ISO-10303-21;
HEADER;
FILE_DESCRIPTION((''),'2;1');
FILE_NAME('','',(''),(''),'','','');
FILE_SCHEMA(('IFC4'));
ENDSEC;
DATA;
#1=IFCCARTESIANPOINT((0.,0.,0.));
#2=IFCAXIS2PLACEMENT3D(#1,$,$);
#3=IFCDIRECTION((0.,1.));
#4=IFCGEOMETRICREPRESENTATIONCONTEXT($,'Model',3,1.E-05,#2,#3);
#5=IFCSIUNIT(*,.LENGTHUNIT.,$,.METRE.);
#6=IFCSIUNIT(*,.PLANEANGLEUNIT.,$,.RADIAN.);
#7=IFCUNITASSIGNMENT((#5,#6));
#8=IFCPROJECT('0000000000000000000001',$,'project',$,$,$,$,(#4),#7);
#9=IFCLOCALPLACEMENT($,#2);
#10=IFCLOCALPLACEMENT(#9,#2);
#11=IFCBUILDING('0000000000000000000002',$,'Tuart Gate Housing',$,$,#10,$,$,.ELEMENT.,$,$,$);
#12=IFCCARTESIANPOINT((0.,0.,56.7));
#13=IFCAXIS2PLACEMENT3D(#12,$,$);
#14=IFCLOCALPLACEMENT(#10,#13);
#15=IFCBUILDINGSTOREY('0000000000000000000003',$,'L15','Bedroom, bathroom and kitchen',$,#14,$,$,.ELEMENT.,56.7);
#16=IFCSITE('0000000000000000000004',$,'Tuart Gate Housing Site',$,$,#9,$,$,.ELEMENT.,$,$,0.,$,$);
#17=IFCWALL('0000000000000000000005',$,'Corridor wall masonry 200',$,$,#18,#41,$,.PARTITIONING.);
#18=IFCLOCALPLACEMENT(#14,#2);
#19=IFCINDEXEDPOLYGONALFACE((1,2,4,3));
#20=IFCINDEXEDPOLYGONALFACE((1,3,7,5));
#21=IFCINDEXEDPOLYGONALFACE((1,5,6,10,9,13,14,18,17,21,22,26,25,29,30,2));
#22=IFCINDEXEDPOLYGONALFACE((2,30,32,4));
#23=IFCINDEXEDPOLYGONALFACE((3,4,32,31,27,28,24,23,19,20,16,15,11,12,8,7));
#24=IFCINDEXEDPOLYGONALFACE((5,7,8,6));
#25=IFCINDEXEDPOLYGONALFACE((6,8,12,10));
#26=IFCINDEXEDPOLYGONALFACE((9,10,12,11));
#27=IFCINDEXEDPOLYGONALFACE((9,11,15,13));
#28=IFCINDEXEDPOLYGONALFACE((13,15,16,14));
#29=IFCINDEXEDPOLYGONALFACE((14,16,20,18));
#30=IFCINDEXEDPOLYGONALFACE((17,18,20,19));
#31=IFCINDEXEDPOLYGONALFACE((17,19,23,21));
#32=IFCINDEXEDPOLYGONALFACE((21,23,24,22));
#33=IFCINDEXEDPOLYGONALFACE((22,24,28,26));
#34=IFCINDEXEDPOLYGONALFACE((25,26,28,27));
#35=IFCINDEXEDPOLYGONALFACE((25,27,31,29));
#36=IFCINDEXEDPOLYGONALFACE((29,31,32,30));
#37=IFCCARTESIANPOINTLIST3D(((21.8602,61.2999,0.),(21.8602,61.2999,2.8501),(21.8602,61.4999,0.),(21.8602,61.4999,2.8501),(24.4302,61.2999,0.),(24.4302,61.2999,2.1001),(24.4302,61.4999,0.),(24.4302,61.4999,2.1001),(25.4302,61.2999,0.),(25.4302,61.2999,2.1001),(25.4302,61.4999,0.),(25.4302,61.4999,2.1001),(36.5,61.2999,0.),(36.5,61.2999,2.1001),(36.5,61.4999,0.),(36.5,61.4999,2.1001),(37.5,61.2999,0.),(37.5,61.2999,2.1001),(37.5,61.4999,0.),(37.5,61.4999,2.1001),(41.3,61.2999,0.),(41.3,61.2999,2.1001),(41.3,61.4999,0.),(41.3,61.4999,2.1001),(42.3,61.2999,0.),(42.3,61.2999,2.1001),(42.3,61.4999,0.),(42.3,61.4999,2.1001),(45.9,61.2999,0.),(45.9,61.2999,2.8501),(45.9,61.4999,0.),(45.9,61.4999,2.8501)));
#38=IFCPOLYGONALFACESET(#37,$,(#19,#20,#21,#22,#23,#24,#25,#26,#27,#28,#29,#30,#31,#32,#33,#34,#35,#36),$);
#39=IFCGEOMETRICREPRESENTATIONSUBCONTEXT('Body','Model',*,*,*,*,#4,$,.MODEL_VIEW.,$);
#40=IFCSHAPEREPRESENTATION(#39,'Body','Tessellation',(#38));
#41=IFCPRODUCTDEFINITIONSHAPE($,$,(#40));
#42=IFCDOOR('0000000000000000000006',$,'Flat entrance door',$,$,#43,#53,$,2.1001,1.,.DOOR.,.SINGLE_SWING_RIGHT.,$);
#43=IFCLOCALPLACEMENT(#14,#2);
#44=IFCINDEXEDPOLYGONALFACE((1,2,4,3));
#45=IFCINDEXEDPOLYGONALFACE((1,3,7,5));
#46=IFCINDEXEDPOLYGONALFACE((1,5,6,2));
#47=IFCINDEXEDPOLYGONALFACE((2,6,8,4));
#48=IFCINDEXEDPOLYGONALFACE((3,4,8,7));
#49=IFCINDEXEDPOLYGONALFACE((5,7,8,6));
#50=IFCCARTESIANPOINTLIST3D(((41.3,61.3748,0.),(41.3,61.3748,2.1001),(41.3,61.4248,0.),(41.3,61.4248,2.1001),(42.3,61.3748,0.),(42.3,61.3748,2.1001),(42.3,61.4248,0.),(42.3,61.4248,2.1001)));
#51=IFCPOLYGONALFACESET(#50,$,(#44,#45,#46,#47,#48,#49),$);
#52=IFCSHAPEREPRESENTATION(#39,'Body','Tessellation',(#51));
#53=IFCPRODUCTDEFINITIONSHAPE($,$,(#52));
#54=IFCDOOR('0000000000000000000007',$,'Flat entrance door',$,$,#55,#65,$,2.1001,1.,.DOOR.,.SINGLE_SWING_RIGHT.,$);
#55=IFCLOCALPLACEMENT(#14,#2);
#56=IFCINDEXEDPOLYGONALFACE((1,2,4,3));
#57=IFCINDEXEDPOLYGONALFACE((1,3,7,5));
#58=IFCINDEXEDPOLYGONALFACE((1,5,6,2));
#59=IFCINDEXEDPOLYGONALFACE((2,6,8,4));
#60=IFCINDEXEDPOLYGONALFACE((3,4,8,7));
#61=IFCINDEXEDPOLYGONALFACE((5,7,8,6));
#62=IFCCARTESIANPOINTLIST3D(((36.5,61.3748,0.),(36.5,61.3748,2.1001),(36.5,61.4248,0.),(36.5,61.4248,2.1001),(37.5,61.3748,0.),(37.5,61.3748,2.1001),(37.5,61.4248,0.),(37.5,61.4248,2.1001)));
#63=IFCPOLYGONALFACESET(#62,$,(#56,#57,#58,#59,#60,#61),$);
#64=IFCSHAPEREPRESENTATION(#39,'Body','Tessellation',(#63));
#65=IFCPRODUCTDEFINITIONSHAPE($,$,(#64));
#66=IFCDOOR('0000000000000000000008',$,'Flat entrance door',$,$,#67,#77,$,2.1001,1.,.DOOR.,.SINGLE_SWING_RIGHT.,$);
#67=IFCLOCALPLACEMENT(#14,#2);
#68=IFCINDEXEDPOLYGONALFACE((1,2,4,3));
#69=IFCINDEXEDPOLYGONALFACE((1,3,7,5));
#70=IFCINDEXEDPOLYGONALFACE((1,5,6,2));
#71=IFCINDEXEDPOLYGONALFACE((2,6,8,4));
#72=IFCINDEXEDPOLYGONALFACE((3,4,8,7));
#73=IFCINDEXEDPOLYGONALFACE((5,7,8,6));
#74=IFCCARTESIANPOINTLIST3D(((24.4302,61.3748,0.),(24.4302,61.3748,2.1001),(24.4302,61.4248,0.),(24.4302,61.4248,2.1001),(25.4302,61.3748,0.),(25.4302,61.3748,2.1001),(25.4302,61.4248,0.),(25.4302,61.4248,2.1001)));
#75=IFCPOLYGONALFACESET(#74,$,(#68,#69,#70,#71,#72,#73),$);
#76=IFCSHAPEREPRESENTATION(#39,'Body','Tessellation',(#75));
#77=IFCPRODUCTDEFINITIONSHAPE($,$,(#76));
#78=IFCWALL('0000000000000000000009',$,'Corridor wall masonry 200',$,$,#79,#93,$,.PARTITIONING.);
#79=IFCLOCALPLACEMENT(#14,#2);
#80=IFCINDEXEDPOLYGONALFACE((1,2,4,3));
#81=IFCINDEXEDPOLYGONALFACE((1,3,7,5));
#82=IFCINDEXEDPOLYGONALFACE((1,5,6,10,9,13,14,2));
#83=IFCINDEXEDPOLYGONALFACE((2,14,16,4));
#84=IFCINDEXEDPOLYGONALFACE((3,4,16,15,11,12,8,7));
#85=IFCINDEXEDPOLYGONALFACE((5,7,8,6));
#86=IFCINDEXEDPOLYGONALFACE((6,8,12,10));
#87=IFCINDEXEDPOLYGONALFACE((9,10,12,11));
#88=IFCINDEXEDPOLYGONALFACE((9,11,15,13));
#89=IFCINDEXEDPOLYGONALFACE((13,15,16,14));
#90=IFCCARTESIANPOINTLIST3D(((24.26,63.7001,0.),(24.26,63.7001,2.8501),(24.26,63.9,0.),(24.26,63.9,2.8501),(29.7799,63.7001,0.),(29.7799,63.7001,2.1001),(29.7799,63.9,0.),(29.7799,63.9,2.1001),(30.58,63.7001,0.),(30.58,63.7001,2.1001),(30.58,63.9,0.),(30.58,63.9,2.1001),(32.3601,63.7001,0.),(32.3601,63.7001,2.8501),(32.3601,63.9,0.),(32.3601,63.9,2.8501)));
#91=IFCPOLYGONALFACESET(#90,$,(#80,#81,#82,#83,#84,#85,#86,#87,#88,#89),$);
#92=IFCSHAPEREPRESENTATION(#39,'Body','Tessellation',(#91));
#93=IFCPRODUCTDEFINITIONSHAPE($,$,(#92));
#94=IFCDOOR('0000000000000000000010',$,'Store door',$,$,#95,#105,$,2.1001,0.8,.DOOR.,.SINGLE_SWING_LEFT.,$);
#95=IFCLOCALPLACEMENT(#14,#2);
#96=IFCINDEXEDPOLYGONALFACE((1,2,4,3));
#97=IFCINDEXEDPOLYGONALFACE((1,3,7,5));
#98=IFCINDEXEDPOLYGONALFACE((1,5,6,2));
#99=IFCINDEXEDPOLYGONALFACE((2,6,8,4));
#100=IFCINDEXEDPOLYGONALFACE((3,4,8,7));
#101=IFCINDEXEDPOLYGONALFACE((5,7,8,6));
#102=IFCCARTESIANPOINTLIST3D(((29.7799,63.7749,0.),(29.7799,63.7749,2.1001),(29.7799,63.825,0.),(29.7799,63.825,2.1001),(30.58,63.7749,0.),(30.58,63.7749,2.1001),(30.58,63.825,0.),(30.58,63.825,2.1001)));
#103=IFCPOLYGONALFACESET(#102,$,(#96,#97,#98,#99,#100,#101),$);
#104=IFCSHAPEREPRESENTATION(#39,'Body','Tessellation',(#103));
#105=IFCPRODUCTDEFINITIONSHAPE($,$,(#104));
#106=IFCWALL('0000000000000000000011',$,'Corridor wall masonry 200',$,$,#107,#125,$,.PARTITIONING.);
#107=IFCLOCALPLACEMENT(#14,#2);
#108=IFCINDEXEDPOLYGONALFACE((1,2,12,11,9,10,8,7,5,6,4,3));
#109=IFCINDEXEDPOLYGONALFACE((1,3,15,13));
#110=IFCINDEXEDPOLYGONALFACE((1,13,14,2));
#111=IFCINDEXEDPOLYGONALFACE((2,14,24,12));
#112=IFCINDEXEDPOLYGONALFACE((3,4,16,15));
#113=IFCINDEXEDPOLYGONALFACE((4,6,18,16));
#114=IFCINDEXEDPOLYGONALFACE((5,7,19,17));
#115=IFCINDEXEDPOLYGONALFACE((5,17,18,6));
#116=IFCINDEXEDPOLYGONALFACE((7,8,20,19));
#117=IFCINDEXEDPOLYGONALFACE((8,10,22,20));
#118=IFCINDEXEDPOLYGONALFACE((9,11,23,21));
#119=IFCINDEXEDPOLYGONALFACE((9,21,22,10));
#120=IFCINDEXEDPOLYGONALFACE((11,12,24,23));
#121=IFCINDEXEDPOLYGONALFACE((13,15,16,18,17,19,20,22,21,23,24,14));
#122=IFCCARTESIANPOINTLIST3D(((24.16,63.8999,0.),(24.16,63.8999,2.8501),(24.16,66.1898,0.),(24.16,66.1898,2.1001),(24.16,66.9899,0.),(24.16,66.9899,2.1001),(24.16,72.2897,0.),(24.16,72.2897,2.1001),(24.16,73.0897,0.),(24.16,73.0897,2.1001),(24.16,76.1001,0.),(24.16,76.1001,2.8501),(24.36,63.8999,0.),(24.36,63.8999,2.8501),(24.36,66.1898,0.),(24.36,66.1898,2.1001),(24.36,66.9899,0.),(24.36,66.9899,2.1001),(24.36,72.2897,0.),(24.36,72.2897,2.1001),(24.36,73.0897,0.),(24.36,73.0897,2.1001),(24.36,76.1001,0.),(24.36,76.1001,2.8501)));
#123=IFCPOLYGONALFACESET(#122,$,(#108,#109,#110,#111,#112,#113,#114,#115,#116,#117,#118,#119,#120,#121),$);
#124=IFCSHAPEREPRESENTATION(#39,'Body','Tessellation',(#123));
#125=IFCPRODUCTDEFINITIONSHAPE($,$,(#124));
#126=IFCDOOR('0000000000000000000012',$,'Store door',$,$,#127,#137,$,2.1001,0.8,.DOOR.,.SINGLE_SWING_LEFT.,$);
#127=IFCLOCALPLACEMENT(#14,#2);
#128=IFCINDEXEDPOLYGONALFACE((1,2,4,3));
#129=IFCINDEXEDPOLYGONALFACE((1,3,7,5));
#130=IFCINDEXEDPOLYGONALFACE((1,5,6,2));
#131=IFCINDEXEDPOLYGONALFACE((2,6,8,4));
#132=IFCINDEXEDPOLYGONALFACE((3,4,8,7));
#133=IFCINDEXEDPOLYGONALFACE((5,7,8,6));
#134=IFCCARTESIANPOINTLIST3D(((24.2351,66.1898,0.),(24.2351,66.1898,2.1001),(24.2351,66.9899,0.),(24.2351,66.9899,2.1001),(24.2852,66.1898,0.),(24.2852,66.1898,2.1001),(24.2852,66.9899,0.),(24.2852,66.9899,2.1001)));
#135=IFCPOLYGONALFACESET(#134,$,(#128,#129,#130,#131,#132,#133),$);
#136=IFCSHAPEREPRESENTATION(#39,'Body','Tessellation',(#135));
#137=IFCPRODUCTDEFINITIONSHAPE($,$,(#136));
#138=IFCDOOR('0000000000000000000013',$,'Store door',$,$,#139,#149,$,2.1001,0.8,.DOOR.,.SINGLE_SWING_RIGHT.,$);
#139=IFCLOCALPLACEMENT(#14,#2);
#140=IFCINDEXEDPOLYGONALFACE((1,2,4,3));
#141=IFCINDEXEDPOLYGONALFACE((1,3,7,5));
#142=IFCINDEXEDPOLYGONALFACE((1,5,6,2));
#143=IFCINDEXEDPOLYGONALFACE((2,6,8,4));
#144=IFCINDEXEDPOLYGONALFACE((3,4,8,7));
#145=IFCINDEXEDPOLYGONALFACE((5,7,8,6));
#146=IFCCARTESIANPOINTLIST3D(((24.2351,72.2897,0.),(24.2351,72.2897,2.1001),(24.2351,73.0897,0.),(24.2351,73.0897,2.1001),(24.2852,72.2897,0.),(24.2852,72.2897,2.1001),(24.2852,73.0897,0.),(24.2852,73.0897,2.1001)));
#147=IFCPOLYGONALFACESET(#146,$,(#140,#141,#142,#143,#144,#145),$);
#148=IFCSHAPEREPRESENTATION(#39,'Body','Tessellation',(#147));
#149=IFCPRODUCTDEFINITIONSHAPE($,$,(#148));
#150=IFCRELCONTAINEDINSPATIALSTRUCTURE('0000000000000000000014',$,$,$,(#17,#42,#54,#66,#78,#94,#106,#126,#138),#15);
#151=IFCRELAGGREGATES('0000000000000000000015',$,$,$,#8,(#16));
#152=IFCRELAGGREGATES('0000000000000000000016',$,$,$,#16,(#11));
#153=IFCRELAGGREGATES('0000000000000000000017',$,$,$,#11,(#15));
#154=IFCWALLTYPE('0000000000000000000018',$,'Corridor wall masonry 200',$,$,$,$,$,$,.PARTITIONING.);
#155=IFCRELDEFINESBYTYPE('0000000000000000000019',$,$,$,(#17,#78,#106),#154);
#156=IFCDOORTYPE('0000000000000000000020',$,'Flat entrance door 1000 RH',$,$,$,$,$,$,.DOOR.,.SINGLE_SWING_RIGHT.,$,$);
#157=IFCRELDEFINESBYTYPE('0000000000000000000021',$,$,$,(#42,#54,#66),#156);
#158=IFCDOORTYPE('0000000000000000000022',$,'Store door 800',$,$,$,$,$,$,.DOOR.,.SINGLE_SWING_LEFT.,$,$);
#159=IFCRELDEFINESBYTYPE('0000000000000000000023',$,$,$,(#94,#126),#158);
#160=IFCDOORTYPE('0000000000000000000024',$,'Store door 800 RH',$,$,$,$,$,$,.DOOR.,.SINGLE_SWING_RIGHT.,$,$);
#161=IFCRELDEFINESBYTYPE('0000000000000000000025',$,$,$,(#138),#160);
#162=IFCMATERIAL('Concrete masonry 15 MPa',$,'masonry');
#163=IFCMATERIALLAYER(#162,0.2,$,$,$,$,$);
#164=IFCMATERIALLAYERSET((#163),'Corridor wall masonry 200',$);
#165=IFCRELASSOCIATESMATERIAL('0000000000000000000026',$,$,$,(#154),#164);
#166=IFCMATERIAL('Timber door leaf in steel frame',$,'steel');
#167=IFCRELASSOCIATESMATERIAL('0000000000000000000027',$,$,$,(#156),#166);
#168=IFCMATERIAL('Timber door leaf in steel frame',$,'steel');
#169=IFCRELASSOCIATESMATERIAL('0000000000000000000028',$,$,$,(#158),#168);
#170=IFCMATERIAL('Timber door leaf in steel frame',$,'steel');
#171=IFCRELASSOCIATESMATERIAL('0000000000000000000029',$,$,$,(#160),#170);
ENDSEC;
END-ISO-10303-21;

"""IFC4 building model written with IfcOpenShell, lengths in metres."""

from ifc_helpers import new_model, si_unit, direction, frame, frame_2d, origin, place, context, subcontext, project, spatial, rectangle, extrude, material, layer, layer_set, type_object, element, fill, save


model = new_model("IFC4")

# Units and contexts
model_context = context("Model", 3, precision=1e-05, world=origin(), true_north=direction((0.0, 1.0)))
body_context = subcontext(model_context, "Body", "Model", "MODEL_VIEW")
ifc_project = project(units=[si_unit("LENGTHUNIT", "METRE"), si_unit("PLANEANGLEUNIT", "RADIAN")], contexts=[model_context])

# Site, building, storey
site_placement = place(None, origin())
site = spatial("IfcSite", under=ifc_project, at=site_placement, Name="Tuart Gate Housing Site", CompositionType="ELEMENT", RefElevation=0.0)
building_placement = place(site_placement, origin())
building = spatial("IfcBuilding", under=site, at=building_placement, Name="Tuart Gate Housing", CompositionType="ELEMENT")
storey_placement = place(building_placement, frame((0.0, 0.0, 56.7)))
storey = spatial("IfcBuildingStorey", under=building, at=storey_placement, Name="L15", Description="Bedroom, bathroom and kitchen", CompositionType="ELEMENT", Elevation=56.7)

# Wall, openings, doors
ifc_material_1 = material(Name="Concrete masonry 15 MPa", Category="masonry")
ifc_layer_1 = layer(ifc_material_1, 0.2)
ifc_layer_set_1 = layer_set([ifc_layer_1], Name="Corridor wall masonry 200")
wall_type_1 = type_object("IfcWallType", Name="Corridor wall masonry 200", PredefinedType="PARTITIONING", material=ifc_layer_set_1)
wall_1_placement = place(storey_placement, frame((21.8601, 61.3999, 0.0), z_axis=(0.0, 0.0, 1.0), x_axis=(1.0, 0.0, 0.0)))
wall_1 = element("IfcWall", 1, at=wall_1_placement, inside=storey, type_object=wall_type_1, Name="Corridor wall masonry 200", PredefinedType="PARTITIONING", context=body_context, shape_type="SweptSolid", body=[
    extrude(rectangle(XDim=24.0398, YDim=0.2, at=frame_2d((12.02, 0.0))), origin(), (0.0, 0.0, 1.0), 2.8501),
])
opening_1_placement = place(wall_1_placement, frame((19.4399, 0.0, 0.0)))
opening_1 = element("IfcOpeningElement", 2, at=opening_1_placement, cuts=wall_1, PredefinedType="OPENING", context=body_context, shape_type="SweptSolid", body=[
    extrude(rectangle(XDim=1.0, YDim=2.1001, at=frame_2d((0.5, 1.05))), frame((0.0, 0.1099, 0.0), z_axis=(0.0, -1.0, 0.0), x_axis=(1.0, 0.0, 0.0)), (0.0, 0.0, 1.0), 0.22),
])
opening_2_placement = place(wall_1_placement, frame((14.6399, 0.0, 0.0)))
opening_2 = element("IfcOpeningElement", 3, at=opening_2_placement, cuts=wall_1, PredefinedType="OPENING", context=body_context, shape_type="SweptSolid", body=[
    extrude(rectangle(XDim=1.0, YDim=2.1001, at=frame_2d((0.5, 1.05))), frame((0.0, 0.1099, 0.0), z_axis=(0.0, -1.0, 0.0), x_axis=(1.0, 0.0, 0.0)), (0.0, 0.0, 1.0), 0.22),
])
opening_3_placement = place(wall_1_placement, frame((2.5701, 0.0, 0.0)))
opening_3 = element("IfcOpeningElement", 4, at=opening_3_placement, cuts=wall_1, PredefinedType="OPENING", context=body_context, shape_type="SweptSolid", body=[
    extrude(rectangle(XDim=1.0, YDim=2.1001, at=frame_2d((0.5, 1.05))), frame((0.0, 0.1099, 0.0), z_axis=(0.0, -1.0, 0.0), x_axis=(1.0, 0.0, 0.0)), (0.0, 0.0, 1.0), 0.22),
])
ifc_material_2 = material(Name="Timber door leaf in steel frame", Category="steel")
door_type_1 = type_object("IfcDoorType", Name="Flat entrance door 1000 RH", OperationType="SINGLE_SWING_RIGHT", PredefinedType="DOOR", material=ifc_material_2)
door_1_placement = place(opening_1_placement, frame((1.0, 0.0, 0.0), z_axis=(0.0, 0.0, 1.0), x_axis=(-1.0, 0.0, 0.0)))
door_1 = element("IfcDoor", 5, at=door_1_placement, inside=storey, type_object=door_type_1, Name="Flat entrance door", OperationType="SINGLE_SWING_RIGHT", OverallHeight=2.1001, OverallWidth=1.0, PredefinedType="DOOR", context=body_context, shape_type="SweptSolid", body=[
    extrude(rectangle(XDim=1.0, YDim=2.1001, at=frame_2d((0.5, 1.05))), frame((0.0, 0.0251, 0.0), z_axis=(0.0, -1.0, 0.0), x_axis=(1.0, 0.0, 0.0)), (0.0, 0.0, 1.0), 0.05),
])
fill(opening_1, door_1)
door_2_placement = place(opening_2_placement, frame((1.0, 0.0, 0.0), z_axis=(0.0, 0.0, 1.0), x_axis=(-1.0, 0.0, 0.0)))
door_2 = element("IfcDoor", 6, at=door_2_placement, inside=storey, type_object=door_type_1, Name="Flat entrance door", OperationType="SINGLE_SWING_RIGHT", OverallHeight=2.1001, OverallWidth=1.0, PredefinedType="DOOR", context=body_context, shape_type="SweptSolid", body=[
    extrude(rectangle(XDim=1.0, YDim=2.1001, at=frame_2d((0.5, 1.05))), frame((0.0, 0.0251, 0.0), z_axis=(0.0, -1.0, 0.0), x_axis=(1.0, 0.0, 0.0)), (0.0, 0.0, 1.0), 0.05),
])
fill(opening_2, door_2)
door_3_placement = place(opening_3_placement, frame((1.0, 0.0, 0.0), z_axis=(0.0, 0.0, 1.0), x_axis=(-1.0, 0.0, 0.0)))
door_3 = element("IfcDoor", 7, at=door_3_placement, inside=storey, type_object=door_type_1, Name="Flat entrance door", OperationType="SINGLE_SWING_RIGHT", OverallHeight=2.1001, OverallWidth=1.0, PredefinedType="DOOR", context=body_context, shape_type="SweptSolid", body=[
    extrude(rectangle(XDim=1.0, YDim=2.1001, at=frame_2d((0.5, 1.05))), frame((0.0, 0.0251, 0.0), z_axis=(0.0, -1.0, 0.0), x_axis=(1.0, 0.0, 0.0)), (0.0, 0.0, 1.0), 0.05),
])
fill(opening_3, door_3)

# Wall, opening, door
wall_2_placement = place(storey_placement, frame((24.26, 63.8, 0.0), z_axis=(0.0, 0.0, 1.0), x_axis=(1.0, 0.0, 0.0)))
wall_2 = element("IfcWall", 8, at=wall_2_placement, inside=storey, type_object=wall_type_1, Name="Corridor wall masonry 200", PredefinedType="PARTITIONING", context=body_context, shape_type="SweptSolid", body=[
    extrude(rectangle(XDim=8.1001, YDim=0.2, at=frame_2d((4.05, 0.0))), origin(), (0.0, 0.0, 1.0), 2.8501),
])
opening_4_placement = place(wall_2_placement, frame((5.52, 0.0, 0.0)))
opening_4 = element("IfcOpeningElement", 9, at=opening_4_placement, cuts=wall_2, PredefinedType="OPENING", context=body_context, shape_type="SweptSolid", body=[
    extrude(rectangle(XDim=0.8, YDim=2.1001, at=frame_2d((0.3999, 1.05))), frame((0.0, 0.1099, 0.0), z_axis=(0.0, -1.0, 0.0), x_axis=(1.0, 0.0, 0.0)), (0.0, 0.0, 1.0), 0.22),
])
ifc_material_3 = material(Name="Timber door leaf in steel frame", Category="steel")
door_type_2 = type_object("IfcDoorType", Name="Store door 800", OperationType="SINGLE_SWING_LEFT", PredefinedType="DOOR", material=ifc_material_3)
door_4_placement = place(opening_4_placement, origin())
door_4 = element("IfcDoor", 10, at=door_4_placement, inside=storey, type_object=door_type_2, Name="Store door", OperationType="SINGLE_SWING_LEFT", OverallHeight=2.1001, OverallWidth=0.8, PredefinedType="DOOR", context=body_context, shape_type="SweptSolid", body=[
    extrude(rectangle(XDim=0.8, YDim=2.1001, at=frame_2d((0.3999, 1.05))), frame((0.0, 0.0249, 0.0), z_axis=(0.0, -1.0, 0.0), x_axis=(1.0, 0.0, 0.0)), (0.0, 0.0, 1.0), 0.05),
])
fill(opening_4, door_4)

# Wall, openings, doors
wall_3_placement = place(storey_placement, frame((24.26, 63.8999, 0.0), z_axis=(0.0, 0.0, 1.0), x_axis=(0.0, 1.0, 0.0)))
wall_3 = element("IfcWall", 11, at=wall_3_placement, inside=storey, type_object=wall_type_1, Name="Corridor wall masonry 200", PredefinedType="PARTITIONING", context=body_context, shape_type="SweptSolid", body=[
    extrude(rectangle(XDim=12.2002, YDim=0.2, at=frame_2d((6.1001, 0.0))), origin(), (0.0, 0.0, 1.0), 2.8501),
])
opening_5_placement = place(wall_3_placement, frame((2.29, 0.0, 0.0)))
opening_5 = element("IfcOpeningElement", 12, at=opening_5_placement, cuts=wall_3, PredefinedType="OPENING", context=body_context, shape_type="SweptSolid", body=[
    extrude(rectangle(XDim=0.8, YDim=2.1001, at=frame_2d((0.3999, 1.05))), frame((0.0, 0.1099, 0.0), z_axis=(0.0, -1.0, 0.0), x_axis=(1.0, 0.0, 0.0)), (0.0, 0.0, 1.0), 0.22),
])
opening_6_placement = place(wall_3_placement, frame((8.3899, 0.0, 0.0)))
opening_6 = element("IfcOpeningElement", 13, at=opening_6_placement, cuts=wall_3, PredefinedType="OPENING", context=body_context, shape_type="SweptSolid", body=[
    extrude(rectangle(XDim=0.8, YDim=2.1001, at=frame_2d((0.3999, 1.05))), frame((0.0, 0.1099, 0.0), z_axis=(0.0, -1.0, 0.0), x_axis=(1.0, 0.0, 0.0)), (0.0, 0.0, 1.0), 0.22),
])
door_5_placement = place(opening_5_placement, frame((0.8, 0.0, 0.0), z_axis=(0.0, 0.0, 1.0), x_axis=(-1.0, 0.0, 0.0)))
door_5 = element("IfcDoor", 14, at=door_5_placement, inside=storey, type_object=door_type_2, Name="Store door", OperationType="SINGLE_SWING_LEFT", OverallHeight=2.1001, OverallWidth=0.8, PredefinedType="DOOR", context=body_context, shape_type="SweptSolid", body=[
    extrude(rectangle(XDim=0.8, YDim=2.1001, at=frame_2d((0.4001, 1.05))), frame((0.0, 0.0251, 0.0), z_axis=(0.0, -1.0, 0.0), x_axis=(1.0, 0.0, 0.0)), (0.0, 0.0, 1.0), 0.05),
])
fill(opening_5, door_5)
ifc_material_4 = material(Name="Timber door leaf in steel frame", Category="steel")
door_type_3 = type_object("IfcDoorType", Name="Store door 800 RH", OperationType="SINGLE_SWING_RIGHT", PredefinedType="DOOR", material=ifc_material_4)
door_6_placement = place(opening_6_placement, frame((0.8, 0.0, 0.0), z_axis=(0.0, 0.0, 1.0), x_axis=(-1.0, 0.0, 0.0)))
door_6 = element("IfcDoor", 15, at=door_6_placement, inside=storey, type_object=door_type_3, Name="Store door", OperationType="SINGLE_SWING_RIGHT", OverallHeight=2.1001, OverallWidth=0.8, PredefinedType="DOOR", context=body_context, shape_type="SweptSolid", body=[
    extrude(rectangle(XDim=0.8, YDim=2.1001, at=frame_2d((0.4001, 1.05))), frame((0.0, 0.0251, 0.0), z_axis=(0.0, -1.0, 0.0), x_axis=(1.0, 0.0, 0.0)), (0.0, 0.0, 1.0), 0.05),
])
fill(opening_6, door_6)

save(model, "model.ifc")
